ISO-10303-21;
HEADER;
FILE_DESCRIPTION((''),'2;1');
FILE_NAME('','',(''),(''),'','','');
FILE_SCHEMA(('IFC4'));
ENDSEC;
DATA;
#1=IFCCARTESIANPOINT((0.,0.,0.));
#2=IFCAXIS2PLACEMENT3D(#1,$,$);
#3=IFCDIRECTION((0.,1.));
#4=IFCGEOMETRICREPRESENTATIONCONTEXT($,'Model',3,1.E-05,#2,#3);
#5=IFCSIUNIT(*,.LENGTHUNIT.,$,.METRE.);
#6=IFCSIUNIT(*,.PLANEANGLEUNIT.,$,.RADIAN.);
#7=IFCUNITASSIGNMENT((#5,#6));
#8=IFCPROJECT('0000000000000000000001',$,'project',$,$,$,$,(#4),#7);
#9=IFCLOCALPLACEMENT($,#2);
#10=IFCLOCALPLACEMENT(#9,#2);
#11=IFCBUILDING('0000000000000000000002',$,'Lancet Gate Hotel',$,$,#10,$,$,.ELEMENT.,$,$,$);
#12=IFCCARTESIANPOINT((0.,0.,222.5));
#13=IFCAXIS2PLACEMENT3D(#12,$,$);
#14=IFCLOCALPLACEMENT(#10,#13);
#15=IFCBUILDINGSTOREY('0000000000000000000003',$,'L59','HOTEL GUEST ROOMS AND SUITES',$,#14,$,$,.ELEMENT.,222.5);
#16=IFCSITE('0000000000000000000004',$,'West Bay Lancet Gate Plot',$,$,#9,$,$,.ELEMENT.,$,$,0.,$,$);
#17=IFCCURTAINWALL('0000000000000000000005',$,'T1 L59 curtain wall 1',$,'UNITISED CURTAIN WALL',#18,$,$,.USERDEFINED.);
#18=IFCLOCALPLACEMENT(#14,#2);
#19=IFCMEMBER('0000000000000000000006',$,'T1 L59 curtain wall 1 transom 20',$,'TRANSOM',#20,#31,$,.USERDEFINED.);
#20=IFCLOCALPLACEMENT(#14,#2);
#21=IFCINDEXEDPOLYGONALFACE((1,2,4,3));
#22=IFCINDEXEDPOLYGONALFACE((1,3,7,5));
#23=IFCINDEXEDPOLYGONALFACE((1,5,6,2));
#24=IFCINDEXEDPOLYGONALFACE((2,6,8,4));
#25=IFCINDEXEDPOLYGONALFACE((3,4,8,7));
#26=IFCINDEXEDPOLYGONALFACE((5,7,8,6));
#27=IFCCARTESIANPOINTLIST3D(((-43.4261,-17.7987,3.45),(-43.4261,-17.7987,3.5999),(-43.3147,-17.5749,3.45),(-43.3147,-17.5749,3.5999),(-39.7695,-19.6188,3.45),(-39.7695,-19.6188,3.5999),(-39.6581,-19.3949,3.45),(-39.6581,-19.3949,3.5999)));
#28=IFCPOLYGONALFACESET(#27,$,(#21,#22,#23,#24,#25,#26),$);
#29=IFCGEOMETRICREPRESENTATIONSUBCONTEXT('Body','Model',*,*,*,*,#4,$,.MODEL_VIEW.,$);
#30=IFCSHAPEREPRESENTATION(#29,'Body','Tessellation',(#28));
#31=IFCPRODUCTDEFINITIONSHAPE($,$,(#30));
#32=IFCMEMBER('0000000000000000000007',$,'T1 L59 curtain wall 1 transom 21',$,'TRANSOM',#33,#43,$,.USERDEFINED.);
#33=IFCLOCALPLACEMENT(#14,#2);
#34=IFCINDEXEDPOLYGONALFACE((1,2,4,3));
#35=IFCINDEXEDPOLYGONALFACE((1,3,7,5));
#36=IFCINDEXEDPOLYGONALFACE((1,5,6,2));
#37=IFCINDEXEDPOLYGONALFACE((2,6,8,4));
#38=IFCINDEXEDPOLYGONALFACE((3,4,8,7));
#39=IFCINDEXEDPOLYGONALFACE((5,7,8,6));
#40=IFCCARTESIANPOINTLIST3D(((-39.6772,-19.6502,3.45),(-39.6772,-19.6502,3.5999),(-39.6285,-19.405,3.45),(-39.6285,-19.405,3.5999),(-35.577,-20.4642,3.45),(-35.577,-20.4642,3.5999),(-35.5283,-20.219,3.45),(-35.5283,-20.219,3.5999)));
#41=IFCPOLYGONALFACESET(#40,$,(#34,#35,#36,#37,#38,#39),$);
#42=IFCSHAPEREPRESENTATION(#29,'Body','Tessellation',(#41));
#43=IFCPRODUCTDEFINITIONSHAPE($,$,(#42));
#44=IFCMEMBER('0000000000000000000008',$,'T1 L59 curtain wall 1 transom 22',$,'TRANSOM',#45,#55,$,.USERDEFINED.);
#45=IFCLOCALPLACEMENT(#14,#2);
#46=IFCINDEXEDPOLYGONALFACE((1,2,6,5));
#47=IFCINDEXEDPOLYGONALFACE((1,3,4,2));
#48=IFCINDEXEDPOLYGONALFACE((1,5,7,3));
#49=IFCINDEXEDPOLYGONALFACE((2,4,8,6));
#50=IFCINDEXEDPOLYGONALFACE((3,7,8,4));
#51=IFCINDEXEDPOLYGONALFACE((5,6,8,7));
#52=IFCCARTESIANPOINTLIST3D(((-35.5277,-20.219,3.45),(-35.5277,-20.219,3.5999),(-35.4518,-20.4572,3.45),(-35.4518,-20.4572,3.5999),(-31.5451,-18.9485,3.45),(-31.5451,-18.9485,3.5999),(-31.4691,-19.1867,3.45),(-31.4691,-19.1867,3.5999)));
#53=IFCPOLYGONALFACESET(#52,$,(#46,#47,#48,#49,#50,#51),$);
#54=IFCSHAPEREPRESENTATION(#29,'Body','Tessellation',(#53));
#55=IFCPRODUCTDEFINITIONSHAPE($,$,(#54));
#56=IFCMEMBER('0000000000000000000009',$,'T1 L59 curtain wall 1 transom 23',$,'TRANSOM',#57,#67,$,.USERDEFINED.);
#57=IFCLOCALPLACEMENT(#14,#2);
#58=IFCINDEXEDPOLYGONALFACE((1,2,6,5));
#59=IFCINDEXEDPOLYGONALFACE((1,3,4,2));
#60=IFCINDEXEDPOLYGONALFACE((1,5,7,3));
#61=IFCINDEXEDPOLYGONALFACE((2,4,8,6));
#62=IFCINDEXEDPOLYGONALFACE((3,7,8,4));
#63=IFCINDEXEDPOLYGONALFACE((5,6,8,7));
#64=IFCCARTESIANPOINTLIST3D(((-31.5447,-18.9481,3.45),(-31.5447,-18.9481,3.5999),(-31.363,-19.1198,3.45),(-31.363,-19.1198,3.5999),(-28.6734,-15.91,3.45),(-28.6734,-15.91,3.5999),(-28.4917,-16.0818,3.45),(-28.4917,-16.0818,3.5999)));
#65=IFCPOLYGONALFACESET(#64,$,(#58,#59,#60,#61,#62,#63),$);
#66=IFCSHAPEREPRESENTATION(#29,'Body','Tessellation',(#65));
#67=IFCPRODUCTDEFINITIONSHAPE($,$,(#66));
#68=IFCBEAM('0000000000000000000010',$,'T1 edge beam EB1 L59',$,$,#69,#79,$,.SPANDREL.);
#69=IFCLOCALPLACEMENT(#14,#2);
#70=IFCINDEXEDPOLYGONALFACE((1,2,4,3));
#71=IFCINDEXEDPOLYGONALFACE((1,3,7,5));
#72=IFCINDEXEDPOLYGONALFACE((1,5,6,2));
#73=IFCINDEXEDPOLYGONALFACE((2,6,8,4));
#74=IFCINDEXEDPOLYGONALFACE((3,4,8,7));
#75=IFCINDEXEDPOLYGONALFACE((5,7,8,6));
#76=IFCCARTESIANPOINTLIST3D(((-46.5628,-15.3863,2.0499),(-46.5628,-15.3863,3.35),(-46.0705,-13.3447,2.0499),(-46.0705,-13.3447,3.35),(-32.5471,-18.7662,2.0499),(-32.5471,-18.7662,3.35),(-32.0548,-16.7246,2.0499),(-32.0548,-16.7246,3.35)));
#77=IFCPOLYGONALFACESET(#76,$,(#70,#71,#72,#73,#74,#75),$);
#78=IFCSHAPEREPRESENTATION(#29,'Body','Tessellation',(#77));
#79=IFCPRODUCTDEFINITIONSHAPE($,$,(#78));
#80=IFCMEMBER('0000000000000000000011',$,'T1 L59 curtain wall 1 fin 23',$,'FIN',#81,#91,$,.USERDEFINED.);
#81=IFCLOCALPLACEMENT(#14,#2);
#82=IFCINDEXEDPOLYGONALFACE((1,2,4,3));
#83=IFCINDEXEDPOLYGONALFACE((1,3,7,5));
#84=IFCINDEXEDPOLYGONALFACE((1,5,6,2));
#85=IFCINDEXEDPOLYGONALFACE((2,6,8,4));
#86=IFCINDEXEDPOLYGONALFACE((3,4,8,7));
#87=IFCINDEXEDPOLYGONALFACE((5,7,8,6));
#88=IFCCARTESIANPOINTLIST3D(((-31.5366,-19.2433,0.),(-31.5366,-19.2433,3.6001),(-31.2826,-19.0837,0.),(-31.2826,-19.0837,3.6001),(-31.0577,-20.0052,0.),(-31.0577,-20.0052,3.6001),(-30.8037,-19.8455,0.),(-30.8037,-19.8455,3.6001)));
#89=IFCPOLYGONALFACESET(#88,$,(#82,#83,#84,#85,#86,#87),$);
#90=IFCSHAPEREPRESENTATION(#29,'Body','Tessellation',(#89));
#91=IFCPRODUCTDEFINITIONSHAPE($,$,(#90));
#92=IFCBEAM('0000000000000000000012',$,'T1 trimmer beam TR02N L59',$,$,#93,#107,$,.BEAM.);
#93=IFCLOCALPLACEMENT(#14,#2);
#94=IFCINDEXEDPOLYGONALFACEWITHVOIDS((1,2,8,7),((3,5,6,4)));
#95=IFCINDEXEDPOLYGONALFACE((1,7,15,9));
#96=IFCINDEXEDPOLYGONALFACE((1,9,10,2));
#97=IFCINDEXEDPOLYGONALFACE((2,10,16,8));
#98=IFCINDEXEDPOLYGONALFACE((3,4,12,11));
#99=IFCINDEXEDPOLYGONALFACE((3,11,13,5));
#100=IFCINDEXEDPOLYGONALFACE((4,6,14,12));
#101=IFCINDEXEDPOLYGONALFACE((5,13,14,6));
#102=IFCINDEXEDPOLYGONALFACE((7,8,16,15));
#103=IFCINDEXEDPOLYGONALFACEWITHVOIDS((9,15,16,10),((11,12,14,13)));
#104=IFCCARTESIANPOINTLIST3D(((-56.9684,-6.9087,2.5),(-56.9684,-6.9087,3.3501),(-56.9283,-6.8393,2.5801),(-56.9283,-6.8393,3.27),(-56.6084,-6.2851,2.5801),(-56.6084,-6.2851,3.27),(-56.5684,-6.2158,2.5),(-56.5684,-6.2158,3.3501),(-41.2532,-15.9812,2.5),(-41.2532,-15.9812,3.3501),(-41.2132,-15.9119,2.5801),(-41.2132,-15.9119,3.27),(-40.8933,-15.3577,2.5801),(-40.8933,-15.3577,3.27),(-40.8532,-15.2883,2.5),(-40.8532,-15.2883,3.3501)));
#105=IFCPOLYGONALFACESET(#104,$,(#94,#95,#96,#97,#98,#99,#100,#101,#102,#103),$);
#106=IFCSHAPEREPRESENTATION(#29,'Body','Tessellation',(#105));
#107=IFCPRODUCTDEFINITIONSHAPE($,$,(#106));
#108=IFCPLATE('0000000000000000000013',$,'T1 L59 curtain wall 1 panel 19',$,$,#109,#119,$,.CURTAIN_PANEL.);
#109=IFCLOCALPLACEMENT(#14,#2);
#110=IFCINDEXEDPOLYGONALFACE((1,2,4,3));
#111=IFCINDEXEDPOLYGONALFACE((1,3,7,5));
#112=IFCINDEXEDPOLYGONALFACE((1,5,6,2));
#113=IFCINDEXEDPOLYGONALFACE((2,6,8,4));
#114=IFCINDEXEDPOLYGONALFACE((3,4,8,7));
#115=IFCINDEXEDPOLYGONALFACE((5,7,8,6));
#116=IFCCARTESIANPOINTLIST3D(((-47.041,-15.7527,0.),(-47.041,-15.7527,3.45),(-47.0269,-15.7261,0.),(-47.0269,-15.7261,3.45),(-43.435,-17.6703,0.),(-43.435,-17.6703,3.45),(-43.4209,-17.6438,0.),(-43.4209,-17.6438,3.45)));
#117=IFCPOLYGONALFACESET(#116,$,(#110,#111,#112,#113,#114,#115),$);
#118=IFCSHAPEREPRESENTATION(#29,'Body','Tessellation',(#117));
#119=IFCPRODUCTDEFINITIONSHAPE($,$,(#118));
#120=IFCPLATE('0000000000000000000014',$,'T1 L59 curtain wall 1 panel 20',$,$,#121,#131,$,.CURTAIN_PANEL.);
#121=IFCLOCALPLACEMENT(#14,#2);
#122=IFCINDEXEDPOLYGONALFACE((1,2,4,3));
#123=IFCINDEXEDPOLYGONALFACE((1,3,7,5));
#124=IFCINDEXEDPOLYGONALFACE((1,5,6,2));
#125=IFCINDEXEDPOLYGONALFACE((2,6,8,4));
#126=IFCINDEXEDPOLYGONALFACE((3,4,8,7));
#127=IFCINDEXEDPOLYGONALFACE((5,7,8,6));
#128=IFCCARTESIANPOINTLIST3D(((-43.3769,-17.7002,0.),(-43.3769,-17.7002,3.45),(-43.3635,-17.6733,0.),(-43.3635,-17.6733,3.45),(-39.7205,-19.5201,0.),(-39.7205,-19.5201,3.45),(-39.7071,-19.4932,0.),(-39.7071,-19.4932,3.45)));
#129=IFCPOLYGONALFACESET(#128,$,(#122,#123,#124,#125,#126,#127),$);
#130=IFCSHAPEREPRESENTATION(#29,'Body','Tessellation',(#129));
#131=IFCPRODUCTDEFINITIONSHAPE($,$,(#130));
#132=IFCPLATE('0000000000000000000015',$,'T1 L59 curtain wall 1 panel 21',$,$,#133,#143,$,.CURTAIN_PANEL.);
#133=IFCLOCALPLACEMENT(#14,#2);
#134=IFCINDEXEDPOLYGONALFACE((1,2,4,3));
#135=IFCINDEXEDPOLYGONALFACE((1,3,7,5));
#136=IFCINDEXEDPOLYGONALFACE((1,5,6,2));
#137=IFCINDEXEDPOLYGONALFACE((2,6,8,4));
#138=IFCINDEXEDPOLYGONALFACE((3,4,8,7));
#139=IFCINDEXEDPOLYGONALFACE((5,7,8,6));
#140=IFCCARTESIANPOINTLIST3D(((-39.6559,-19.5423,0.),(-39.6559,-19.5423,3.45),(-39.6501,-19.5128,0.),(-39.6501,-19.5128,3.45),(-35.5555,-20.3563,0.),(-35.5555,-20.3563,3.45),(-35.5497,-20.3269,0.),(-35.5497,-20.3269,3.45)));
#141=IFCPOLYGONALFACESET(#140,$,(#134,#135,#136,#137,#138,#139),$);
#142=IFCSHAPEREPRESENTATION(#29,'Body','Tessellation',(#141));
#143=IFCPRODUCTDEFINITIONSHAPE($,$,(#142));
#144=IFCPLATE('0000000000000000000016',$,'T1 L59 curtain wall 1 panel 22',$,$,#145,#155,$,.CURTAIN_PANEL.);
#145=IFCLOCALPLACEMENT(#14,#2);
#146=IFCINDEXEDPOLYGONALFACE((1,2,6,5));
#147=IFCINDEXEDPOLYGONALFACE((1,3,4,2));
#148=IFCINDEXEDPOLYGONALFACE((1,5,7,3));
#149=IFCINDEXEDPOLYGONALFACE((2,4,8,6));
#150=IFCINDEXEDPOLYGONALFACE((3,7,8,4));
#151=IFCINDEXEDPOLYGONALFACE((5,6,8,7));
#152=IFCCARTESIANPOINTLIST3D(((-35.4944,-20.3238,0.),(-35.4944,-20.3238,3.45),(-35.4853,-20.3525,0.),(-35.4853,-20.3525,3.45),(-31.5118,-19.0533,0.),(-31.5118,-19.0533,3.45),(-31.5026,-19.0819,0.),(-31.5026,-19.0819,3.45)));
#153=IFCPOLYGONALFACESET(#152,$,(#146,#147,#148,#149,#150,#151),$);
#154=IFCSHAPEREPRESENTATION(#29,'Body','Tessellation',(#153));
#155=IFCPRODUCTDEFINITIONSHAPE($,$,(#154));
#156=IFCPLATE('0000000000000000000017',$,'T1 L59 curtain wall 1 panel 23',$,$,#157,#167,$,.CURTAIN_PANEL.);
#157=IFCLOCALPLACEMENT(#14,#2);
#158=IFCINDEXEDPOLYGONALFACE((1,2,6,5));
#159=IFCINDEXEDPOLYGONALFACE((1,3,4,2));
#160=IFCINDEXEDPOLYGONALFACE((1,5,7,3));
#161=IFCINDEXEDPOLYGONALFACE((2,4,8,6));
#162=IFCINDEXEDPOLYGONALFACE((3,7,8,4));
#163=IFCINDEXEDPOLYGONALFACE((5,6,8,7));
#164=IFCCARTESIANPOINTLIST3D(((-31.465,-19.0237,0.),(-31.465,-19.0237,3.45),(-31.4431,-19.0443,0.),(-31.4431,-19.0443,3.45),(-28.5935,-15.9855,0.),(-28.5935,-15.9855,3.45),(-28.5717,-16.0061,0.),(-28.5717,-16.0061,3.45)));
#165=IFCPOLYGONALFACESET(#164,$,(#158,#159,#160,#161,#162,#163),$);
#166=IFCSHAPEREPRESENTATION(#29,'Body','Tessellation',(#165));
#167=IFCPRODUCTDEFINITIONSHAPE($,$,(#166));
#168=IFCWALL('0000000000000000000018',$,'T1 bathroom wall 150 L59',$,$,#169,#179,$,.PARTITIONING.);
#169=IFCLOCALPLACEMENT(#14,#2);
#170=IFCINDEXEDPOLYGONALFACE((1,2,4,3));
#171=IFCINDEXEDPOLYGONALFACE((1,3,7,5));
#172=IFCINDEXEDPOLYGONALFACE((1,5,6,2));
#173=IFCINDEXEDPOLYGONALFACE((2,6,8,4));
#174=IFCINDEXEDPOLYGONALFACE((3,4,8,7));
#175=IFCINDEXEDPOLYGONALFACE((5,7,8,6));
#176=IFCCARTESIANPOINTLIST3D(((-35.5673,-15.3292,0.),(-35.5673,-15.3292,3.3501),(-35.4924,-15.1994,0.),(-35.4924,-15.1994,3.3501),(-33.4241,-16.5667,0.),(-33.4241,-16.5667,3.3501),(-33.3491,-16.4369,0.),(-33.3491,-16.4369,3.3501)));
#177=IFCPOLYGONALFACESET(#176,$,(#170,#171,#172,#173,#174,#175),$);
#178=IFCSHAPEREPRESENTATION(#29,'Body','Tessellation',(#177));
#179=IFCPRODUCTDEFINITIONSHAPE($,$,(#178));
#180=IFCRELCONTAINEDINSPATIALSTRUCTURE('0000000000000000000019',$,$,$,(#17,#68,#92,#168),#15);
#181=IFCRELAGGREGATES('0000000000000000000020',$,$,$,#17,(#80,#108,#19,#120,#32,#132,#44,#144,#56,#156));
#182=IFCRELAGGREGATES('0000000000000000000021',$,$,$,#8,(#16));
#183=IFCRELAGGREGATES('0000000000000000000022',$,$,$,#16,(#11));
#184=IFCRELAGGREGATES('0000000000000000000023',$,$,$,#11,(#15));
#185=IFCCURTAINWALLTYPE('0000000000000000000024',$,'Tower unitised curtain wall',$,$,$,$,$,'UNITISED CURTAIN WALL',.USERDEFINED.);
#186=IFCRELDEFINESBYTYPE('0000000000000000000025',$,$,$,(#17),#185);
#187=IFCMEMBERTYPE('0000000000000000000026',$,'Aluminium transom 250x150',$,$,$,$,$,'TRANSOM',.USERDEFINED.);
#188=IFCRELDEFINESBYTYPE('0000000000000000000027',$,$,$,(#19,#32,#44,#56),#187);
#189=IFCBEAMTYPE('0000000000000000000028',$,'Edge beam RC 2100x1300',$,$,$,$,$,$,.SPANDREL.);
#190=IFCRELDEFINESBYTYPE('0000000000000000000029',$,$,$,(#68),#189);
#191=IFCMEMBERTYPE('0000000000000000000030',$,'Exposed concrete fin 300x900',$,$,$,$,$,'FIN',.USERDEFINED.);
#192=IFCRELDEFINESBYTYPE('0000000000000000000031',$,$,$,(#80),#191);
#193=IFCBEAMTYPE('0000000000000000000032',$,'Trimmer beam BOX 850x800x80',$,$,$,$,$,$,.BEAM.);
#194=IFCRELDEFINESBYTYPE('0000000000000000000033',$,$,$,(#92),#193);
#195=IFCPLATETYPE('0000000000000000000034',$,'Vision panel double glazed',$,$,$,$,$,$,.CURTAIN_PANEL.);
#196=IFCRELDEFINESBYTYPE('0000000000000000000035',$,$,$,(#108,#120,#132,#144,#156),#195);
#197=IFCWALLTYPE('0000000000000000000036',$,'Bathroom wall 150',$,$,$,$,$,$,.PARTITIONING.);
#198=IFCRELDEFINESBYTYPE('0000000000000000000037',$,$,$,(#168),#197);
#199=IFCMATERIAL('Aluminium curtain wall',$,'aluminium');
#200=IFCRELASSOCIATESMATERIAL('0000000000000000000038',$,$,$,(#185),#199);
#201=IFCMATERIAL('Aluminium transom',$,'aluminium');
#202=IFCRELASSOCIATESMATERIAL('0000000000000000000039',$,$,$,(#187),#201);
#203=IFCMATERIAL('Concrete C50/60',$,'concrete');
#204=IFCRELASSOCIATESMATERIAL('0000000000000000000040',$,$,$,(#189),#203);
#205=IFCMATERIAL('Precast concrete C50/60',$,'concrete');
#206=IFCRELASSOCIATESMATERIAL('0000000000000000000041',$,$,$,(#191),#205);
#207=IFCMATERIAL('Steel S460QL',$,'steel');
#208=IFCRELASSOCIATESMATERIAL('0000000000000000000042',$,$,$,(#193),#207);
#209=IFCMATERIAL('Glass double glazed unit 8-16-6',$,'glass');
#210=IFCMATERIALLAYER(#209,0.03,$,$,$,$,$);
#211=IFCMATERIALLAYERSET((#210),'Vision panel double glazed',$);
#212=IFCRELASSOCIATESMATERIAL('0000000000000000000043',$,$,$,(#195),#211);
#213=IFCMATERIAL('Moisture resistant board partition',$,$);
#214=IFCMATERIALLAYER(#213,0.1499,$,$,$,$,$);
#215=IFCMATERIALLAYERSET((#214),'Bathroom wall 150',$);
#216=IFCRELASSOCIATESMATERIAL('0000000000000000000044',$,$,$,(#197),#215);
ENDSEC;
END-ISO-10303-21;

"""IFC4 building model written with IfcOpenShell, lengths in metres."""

from ifc_helpers import new_model, si_unit, direction, frame, frame_2d, origin, origin_2d, place, context, subcontext, project, spatial, rectangle, hollow_rectangle, extrude, material, layer, layer_set, material_profile, profile_set, type_object, element, aggregate, save


model = new_model("IFC4")

# Units and contexts
model_context = context("Model", 3, precision=1e-05, world=origin(), true_north=direction((0.0, 1.0)))
body_context = subcontext(model_context, "Body", "Model", "MODEL_VIEW")
ifc_project = project(units=[si_unit("LENGTHUNIT", "METRE"), si_unit("PLANEANGLEUNIT", "RADIAN")], contexts=[model_context])

# Site, building, storey
site_placement = place(None, origin())
site = spatial("IfcSite", under=ifc_project, at=site_placement, Name="West Bay Lancet Gate Plot", CompositionType="ELEMENT", RefElevation=0.0)
building_placement = place(site_placement, origin())
building = spatial("IfcBuilding", under=site, at=building_placement, Name="Lancet Gate Hotel", CompositionType="ELEMENT")
storey_placement = place(building_placement, frame((0.0, 0.0, 222.5)))
storey = spatial("IfcBuildingStorey", under=building, at=storey_placement, Name="L59", Description="HOTEL GUEST ROOMS AND SUITES", CompositionType="ELEMENT", Elevation=222.5)

# Curtain wall, members
ifc_material_1 = material(Name="Aluminium curtain wall", Category="aluminium")
curtain_wall_type = type_object("IfcCurtainWallType", Name="Tower unitised curtain wall", ElementType="UNITISED CURTAIN WALL", PredefinedType="USERDEFINED", material=ifc_material_1)
curtain_wall_placement = place(storey_placement, origin())
curtain_wall = element("IfcCurtainWall", 1, at=curtain_wall_placement, inside=storey, type_object=curtain_wall_type, Name="T1 L59 curtain wall 1", ObjectType="UNITISED CURTAIN WALL", PredefinedType="USERDEFINED")
ifc_material_2 = material(Name="Aluminium transom", Category="aluminium")
ifc_material_profile_1 = material_profile(ifc_material_2, rectangle(XDim=0.25, YDim=0.1499, at=origin_2d()), Name="TRANSOM 250x150")
ifc_profile_set_1 = profile_set([ifc_material_profile_1], Name="Aluminium transom")
member_type_1 = type_object("IfcMemberType", Name="Aluminium transom 250x150", ElementType="TRANSOM", PredefinedType="USERDEFINED", material=ifc_profile_set_1)
member_1_placement = place(storey_placement, frame((-43.3704, -17.6868, 3.5249), z_axis=(0.895227, -0.445611, 0.0), x_axis=(0.445611, 0.895227, 0.0)))
member_1 = element("IfcMember", 2, at=member_1_placement, type_object=member_type_1, Name="T1 L59 curtain wall 1 transom 20", ObjectType="TRANSOM", PredefinedType="USERDEFINED", context=body_context, shape_type="SweptSolid", body=[
    extrude(rectangle(XDim=0.25, YDim=0.1499, at=origin_2d()), origin(), (0.0, 0.0, 1.0), 4.0845),
])
member_2_placement = place(storey_placement, frame((-39.6528, -19.5276, 3.5249), z_axis=(0.980858, -0.194723, 0.0), x_axis=(0.194723, 0.980858, 0.0)))
member_2 = element("IfcMember", 3, at=member_2_placement, type_object=member_type_1, Name="T1 L59 curtain wall 1 transom 21", ObjectType="TRANSOM", PredefinedType="USERDEFINED", context=body_context, shape_type="SweptSolid", body=[
    extrude(rectangle(XDim=0.25, YDim=0.1499, at=origin_2d()), origin(), (0.0, 0.0, 1.0), 4.1802),
])
member_3_placement = place(storey_placement, frame((-35.4897, -20.3381, 3.5249), z_axis=(0.952698, 0.30392, 0.0), x_axis=(-0.30392, 0.952698, 0.0)))
member_3 = element("IfcMember", 4, at=member_3_placement, type_object=member_type_1, Name="T1 L59 curtain wall 1 transom 22", ObjectType="TRANSOM", PredefinedType="USERDEFINED", context=body_context, shape_type="SweptSolid", body=[
    extrude(rectangle(XDim=0.25, YDim=0.1499, at=origin_2d()), origin(), (0.0, 0.0, 1.0), 4.1804),
])
member_4_placement = place(storey_placement, frame((-31.4539, -19.0339, 3.5249), z_axis=(0.686881, 0.72677, 0.0), x_axis=(-0.72677, 0.686881, 0.0)))
member_4 = element("IfcMember", 5, at=member_4_placement, type_object=member_type_1, Name="T1 L59 curtain wall 1 transom 23", ObjectType="TRANSOM", PredefinedType="USERDEFINED", context=body_context, shape_type="SweptSolid", body=[
    extrude(rectangle(XDim=0.25, YDim=0.1499, at=origin_2d()), origin(), (0.0, 0.0, 1.0), 4.1802),
])

# Beam
ifc_material_3 = material(Name="Concrete C50/60", Category="concrete")
ifc_material_profile_2 = material_profile(ifc_material_3, rectangle(XDim=2.1001, YDim=1.3, at=origin_2d()), Name="RC 2100x1300")
ifc_profile_set_2 = profile_set([ifc_material_profile_2], Name="Concrete C50/60")
beam_type_1 = type_object("IfcBeamType", Name="Edge beam RC 2100x1300", PredefinedType="SPANDREL", material=ifc_profile_set_2)
beam_1_placement = place(storey_placement, frame((-46.3167, -14.3655, 2.7), z_axis=(0.972133, -0.234431, 0.0), x_axis=(0.234431, 0.972133, 0.0)))
element("IfcBeam", 6, at=beam_1_placement, inside=storey, type_object=beam_type_1, Name="T1 edge beam EB1 L59", PredefinedType="SPANDREL", context=body_context, shape_type="SweptSolid", body=[
    extrude(rectangle(XDim=2.1001, YDim=1.3, at=origin_2d()), origin(), (0.0, 0.0, 1.0), 14.4175),
])

# Member
ifc_material_4 = material(Name="Precast concrete C50/60", Category="concrete")
ifc_material_profile_3 = material_profile(ifc_material_4, rectangle(XDim=0.3, YDim=0.8999, at=origin_2d()), Name="FIN 300x900")
ifc_profile_set_3 = profile_set([ifc_material_profile_3], Name="Precast concrete C50/60")
member_type_2 = type_object("IfcMemberType", Name="Exposed concrete fin 300x900", ElementType="FIN", PredefinedType="USERDEFINED", material=ifc_profile_set_3)
member_5_placement = place(storey_placement, frame((-31.1702, -19.5444, 0.0), z_axis=(0.0, 0.0, 1.0), x_axis=(0.846613, 0.532209, 0.0)))
member_5 = element("IfcMember", 7, at=member_5_placement, type_object=member_type_2, Name="T1 L59 curtain wall 1 fin 23", ObjectType="FIN", PredefinedType="USERDEFINED", context=body_context, shape_type="SweptSolid", body=[
    extrude(rectangle(XDim=0.3, YDim=0.8999, at=origin_2d()), origin(), (0.0, 0.0, 1.0), 3.6001),
])

# Beam
ifc_material_5 = material(Name="Steel S460QL", Category="steel")
ifc_material_profile_4 = material_profile(ifc_material_5, hollow_rectangle(XDim=0.8, YDim=0.8501, WallThickness=0.0801, at=origin_2d()), Name="BOX 850x800x80")
ifc_profile_set_4 = profile_set([ifc_material_profile_4], Name="Steel S460QL")
beam_type_2 = type_object("IfcBeamType", Name="Trimmer beam BOX 850x800x80", PredefinedType="BEAM", material=ifc_profile_set_4)
beam_2_placement = place(storey_placement, frame((-41.0532, -15.6348, 2.925), z_axis=(-0.86604, 0.499975, 0.0), x_axis=(-0.499975, -0.86604, 0.0)))
element("IfcBeam", 8, at=beam_2_placement, inside=storey, type_object=beam_type_2, Name="T1 trimmer beam TR02N L59", PredefinedType="BEAM", context=body_context, shape_type="SweptSolid", body=[
    extrude(hollow_rectangle(XDim=0.8, YDim=0.8501, WallThickness=0.0801, at=origin_2d()), origin(), (0.0, 0.0, 1.0), 18.146),
])

# Plates
ifc_material_6 = material(Name="Glass double glazed unit 8-16-6", Category="glass")
ifc_layer_1 = layer(ifc_material_6, 0.03)
ifc_layer_set_1 = layer_set([ifc_layer_1], Name="Vision panel double glazed")
plate_type = type_object("IfcPlateType", Name="Vision panel double glazed", PredefinedType="CURTAIN_PANEL", material=ifc_layer_set_1)
plate_1_placement = place(storey_placement, frame((-45.231, -16.6982, 0.0), z_axis=(0.0, 0.0, 1.0), x_axis=(0.882916, -0.469531, 0.0)))
plate_1 = element("IfcPlate", 9, at=plate_1_placement, type_object=plate_type, Name="T1 L59 curtain wall 1 panel 19", PredefinedType="CURTAIN_PANEL", context=body_context, shape_type="SweptSolid", body=[
    extrude(rectangle(XDim=4.0842, YDim=0.03, at=origin_2d()), origin(), (0.0, 0.0, 1.0), 3.45),
])
plate_2_placement = place(storey_placement, frame((-41.542, -18.5967, 0.0), z_axis=(0.0, 0.0, 1.0), x_axis=(0.895234, -0.445596, 0.0)))
plate_2 = element("IfcPlate", 10, at=plate_2_placement, type_object=plate_type, Name="T1 L59 curtain wall 1 panel 20", PredefinedType="CURTAIN_PANEL", context=body_context, shape_type="SweptSolid", body=[
    extrude(rectangle(XDim=4.0842, YDim=0.03, at=origin_2d()), origin(), (0.0, 0.0, 1.0), 3.45),
])
plate_3_placement = place(storey_placement, frame((-37.6028, -19.9346, 0.0), z_axis=(0.0, 0.0, 1.0), x_axis=(0.980857, -0.194731, 0.0)))
plate_3 = element("IfcPlate", 11, at=plate_3_placement, type_object=plate_type, Name="T1 L59 curtain wall 1 panel 21", PredefinedType="CURTAIN_PANEL", context=body_context, shape_type="SweptSolid", body=[
    extrude(rectangle(XDim=4.1804, YDim=0.03, at=origin_2d()), origin(), (0.0, 0.0, 1.0), 3.45),
])
plate_4_placement = place(storey_placement, frame((-33.4985, -19.7029, 0.0), z_axis=(0.0, 0.0, 1.0), x_axis=(0.952696, 0.303926, 0.0)))
plate_4 = element("IfcPlate", 12, at=plate_4_placement, type_object=plate_type, Name="T1 L59 curtain wall 1 panel 22", PredefinedType="CURTAIN_PANEL", context=body_context, shape_type="SweptSolid", body=[
    extrude(rectangle(XDim=4.1804, YDim=0.03, at=origin_2d()), origin(), (0.0, 0.0, 1.0), 3.45),
])
plate_5_placement = place(storey_placement, frame((-30.0183, -17.5149, 0.0), z_axis=(0.0, 0.0, 1.0), x_axis=(0.686883, 0.726768, 0.0)))
plate_5 = element("IfcPlate", 13, at=plate_5_placement, type_object=plate_type, Name="T1 L59 curtain wall 1 panel 23", PredefinedType="CURTAIN_PANEL", context=body_context, shape_type="SweptSolid", body=[
    extrude(rectangle(XDim=4.1804, YDim=0.03, at=origin_2d()), origin(), (0.0, 0.0, 1.0), 3.45),
])
aggregate(curtain_wall, [member_5, plate_1, member_1, plate_2, member_2, plate_3, member_3, plate_4, member_4, plate_5])

# Wall
ifc_material_7 = material(Name="Moisture resistant board partition")
ifc_layer_2 = layer(ifc_material_7, 0.1499)
ifc_layer_set_2 = layer_set([ifc_layer_2], Name="Bathroom wall 150")
wall_type_1 = type_object("IfcWallType", Name="Bathroom wall 150", PredefinedType="PARTITIONING", material=ifc_layer_set_2)
wall_1_placement = place(storey_placement, frame((-33.3867, -16.5017, 0.0), z_axis=(0.0, 0.0, 1.0), x_axis=(-0.866007, 0.500033, 0.0)))
element("IfcWall", 14, at=wall_1_placement, inside=storey, type_object=wall_type_1, Name="T1 bathroom wall 150 L59", PredefinedType="PARTITIONING", context=body_context, shape_type="SweptSolid", body=[
    extrude(rectangle(XDim=2.4749, YDim=0.1499, at=frame_2d((1.2373, 0.0))), origin(), (0.0, 0.0, 1.0), 3.3501),
])

save(model, "model.ifc")
